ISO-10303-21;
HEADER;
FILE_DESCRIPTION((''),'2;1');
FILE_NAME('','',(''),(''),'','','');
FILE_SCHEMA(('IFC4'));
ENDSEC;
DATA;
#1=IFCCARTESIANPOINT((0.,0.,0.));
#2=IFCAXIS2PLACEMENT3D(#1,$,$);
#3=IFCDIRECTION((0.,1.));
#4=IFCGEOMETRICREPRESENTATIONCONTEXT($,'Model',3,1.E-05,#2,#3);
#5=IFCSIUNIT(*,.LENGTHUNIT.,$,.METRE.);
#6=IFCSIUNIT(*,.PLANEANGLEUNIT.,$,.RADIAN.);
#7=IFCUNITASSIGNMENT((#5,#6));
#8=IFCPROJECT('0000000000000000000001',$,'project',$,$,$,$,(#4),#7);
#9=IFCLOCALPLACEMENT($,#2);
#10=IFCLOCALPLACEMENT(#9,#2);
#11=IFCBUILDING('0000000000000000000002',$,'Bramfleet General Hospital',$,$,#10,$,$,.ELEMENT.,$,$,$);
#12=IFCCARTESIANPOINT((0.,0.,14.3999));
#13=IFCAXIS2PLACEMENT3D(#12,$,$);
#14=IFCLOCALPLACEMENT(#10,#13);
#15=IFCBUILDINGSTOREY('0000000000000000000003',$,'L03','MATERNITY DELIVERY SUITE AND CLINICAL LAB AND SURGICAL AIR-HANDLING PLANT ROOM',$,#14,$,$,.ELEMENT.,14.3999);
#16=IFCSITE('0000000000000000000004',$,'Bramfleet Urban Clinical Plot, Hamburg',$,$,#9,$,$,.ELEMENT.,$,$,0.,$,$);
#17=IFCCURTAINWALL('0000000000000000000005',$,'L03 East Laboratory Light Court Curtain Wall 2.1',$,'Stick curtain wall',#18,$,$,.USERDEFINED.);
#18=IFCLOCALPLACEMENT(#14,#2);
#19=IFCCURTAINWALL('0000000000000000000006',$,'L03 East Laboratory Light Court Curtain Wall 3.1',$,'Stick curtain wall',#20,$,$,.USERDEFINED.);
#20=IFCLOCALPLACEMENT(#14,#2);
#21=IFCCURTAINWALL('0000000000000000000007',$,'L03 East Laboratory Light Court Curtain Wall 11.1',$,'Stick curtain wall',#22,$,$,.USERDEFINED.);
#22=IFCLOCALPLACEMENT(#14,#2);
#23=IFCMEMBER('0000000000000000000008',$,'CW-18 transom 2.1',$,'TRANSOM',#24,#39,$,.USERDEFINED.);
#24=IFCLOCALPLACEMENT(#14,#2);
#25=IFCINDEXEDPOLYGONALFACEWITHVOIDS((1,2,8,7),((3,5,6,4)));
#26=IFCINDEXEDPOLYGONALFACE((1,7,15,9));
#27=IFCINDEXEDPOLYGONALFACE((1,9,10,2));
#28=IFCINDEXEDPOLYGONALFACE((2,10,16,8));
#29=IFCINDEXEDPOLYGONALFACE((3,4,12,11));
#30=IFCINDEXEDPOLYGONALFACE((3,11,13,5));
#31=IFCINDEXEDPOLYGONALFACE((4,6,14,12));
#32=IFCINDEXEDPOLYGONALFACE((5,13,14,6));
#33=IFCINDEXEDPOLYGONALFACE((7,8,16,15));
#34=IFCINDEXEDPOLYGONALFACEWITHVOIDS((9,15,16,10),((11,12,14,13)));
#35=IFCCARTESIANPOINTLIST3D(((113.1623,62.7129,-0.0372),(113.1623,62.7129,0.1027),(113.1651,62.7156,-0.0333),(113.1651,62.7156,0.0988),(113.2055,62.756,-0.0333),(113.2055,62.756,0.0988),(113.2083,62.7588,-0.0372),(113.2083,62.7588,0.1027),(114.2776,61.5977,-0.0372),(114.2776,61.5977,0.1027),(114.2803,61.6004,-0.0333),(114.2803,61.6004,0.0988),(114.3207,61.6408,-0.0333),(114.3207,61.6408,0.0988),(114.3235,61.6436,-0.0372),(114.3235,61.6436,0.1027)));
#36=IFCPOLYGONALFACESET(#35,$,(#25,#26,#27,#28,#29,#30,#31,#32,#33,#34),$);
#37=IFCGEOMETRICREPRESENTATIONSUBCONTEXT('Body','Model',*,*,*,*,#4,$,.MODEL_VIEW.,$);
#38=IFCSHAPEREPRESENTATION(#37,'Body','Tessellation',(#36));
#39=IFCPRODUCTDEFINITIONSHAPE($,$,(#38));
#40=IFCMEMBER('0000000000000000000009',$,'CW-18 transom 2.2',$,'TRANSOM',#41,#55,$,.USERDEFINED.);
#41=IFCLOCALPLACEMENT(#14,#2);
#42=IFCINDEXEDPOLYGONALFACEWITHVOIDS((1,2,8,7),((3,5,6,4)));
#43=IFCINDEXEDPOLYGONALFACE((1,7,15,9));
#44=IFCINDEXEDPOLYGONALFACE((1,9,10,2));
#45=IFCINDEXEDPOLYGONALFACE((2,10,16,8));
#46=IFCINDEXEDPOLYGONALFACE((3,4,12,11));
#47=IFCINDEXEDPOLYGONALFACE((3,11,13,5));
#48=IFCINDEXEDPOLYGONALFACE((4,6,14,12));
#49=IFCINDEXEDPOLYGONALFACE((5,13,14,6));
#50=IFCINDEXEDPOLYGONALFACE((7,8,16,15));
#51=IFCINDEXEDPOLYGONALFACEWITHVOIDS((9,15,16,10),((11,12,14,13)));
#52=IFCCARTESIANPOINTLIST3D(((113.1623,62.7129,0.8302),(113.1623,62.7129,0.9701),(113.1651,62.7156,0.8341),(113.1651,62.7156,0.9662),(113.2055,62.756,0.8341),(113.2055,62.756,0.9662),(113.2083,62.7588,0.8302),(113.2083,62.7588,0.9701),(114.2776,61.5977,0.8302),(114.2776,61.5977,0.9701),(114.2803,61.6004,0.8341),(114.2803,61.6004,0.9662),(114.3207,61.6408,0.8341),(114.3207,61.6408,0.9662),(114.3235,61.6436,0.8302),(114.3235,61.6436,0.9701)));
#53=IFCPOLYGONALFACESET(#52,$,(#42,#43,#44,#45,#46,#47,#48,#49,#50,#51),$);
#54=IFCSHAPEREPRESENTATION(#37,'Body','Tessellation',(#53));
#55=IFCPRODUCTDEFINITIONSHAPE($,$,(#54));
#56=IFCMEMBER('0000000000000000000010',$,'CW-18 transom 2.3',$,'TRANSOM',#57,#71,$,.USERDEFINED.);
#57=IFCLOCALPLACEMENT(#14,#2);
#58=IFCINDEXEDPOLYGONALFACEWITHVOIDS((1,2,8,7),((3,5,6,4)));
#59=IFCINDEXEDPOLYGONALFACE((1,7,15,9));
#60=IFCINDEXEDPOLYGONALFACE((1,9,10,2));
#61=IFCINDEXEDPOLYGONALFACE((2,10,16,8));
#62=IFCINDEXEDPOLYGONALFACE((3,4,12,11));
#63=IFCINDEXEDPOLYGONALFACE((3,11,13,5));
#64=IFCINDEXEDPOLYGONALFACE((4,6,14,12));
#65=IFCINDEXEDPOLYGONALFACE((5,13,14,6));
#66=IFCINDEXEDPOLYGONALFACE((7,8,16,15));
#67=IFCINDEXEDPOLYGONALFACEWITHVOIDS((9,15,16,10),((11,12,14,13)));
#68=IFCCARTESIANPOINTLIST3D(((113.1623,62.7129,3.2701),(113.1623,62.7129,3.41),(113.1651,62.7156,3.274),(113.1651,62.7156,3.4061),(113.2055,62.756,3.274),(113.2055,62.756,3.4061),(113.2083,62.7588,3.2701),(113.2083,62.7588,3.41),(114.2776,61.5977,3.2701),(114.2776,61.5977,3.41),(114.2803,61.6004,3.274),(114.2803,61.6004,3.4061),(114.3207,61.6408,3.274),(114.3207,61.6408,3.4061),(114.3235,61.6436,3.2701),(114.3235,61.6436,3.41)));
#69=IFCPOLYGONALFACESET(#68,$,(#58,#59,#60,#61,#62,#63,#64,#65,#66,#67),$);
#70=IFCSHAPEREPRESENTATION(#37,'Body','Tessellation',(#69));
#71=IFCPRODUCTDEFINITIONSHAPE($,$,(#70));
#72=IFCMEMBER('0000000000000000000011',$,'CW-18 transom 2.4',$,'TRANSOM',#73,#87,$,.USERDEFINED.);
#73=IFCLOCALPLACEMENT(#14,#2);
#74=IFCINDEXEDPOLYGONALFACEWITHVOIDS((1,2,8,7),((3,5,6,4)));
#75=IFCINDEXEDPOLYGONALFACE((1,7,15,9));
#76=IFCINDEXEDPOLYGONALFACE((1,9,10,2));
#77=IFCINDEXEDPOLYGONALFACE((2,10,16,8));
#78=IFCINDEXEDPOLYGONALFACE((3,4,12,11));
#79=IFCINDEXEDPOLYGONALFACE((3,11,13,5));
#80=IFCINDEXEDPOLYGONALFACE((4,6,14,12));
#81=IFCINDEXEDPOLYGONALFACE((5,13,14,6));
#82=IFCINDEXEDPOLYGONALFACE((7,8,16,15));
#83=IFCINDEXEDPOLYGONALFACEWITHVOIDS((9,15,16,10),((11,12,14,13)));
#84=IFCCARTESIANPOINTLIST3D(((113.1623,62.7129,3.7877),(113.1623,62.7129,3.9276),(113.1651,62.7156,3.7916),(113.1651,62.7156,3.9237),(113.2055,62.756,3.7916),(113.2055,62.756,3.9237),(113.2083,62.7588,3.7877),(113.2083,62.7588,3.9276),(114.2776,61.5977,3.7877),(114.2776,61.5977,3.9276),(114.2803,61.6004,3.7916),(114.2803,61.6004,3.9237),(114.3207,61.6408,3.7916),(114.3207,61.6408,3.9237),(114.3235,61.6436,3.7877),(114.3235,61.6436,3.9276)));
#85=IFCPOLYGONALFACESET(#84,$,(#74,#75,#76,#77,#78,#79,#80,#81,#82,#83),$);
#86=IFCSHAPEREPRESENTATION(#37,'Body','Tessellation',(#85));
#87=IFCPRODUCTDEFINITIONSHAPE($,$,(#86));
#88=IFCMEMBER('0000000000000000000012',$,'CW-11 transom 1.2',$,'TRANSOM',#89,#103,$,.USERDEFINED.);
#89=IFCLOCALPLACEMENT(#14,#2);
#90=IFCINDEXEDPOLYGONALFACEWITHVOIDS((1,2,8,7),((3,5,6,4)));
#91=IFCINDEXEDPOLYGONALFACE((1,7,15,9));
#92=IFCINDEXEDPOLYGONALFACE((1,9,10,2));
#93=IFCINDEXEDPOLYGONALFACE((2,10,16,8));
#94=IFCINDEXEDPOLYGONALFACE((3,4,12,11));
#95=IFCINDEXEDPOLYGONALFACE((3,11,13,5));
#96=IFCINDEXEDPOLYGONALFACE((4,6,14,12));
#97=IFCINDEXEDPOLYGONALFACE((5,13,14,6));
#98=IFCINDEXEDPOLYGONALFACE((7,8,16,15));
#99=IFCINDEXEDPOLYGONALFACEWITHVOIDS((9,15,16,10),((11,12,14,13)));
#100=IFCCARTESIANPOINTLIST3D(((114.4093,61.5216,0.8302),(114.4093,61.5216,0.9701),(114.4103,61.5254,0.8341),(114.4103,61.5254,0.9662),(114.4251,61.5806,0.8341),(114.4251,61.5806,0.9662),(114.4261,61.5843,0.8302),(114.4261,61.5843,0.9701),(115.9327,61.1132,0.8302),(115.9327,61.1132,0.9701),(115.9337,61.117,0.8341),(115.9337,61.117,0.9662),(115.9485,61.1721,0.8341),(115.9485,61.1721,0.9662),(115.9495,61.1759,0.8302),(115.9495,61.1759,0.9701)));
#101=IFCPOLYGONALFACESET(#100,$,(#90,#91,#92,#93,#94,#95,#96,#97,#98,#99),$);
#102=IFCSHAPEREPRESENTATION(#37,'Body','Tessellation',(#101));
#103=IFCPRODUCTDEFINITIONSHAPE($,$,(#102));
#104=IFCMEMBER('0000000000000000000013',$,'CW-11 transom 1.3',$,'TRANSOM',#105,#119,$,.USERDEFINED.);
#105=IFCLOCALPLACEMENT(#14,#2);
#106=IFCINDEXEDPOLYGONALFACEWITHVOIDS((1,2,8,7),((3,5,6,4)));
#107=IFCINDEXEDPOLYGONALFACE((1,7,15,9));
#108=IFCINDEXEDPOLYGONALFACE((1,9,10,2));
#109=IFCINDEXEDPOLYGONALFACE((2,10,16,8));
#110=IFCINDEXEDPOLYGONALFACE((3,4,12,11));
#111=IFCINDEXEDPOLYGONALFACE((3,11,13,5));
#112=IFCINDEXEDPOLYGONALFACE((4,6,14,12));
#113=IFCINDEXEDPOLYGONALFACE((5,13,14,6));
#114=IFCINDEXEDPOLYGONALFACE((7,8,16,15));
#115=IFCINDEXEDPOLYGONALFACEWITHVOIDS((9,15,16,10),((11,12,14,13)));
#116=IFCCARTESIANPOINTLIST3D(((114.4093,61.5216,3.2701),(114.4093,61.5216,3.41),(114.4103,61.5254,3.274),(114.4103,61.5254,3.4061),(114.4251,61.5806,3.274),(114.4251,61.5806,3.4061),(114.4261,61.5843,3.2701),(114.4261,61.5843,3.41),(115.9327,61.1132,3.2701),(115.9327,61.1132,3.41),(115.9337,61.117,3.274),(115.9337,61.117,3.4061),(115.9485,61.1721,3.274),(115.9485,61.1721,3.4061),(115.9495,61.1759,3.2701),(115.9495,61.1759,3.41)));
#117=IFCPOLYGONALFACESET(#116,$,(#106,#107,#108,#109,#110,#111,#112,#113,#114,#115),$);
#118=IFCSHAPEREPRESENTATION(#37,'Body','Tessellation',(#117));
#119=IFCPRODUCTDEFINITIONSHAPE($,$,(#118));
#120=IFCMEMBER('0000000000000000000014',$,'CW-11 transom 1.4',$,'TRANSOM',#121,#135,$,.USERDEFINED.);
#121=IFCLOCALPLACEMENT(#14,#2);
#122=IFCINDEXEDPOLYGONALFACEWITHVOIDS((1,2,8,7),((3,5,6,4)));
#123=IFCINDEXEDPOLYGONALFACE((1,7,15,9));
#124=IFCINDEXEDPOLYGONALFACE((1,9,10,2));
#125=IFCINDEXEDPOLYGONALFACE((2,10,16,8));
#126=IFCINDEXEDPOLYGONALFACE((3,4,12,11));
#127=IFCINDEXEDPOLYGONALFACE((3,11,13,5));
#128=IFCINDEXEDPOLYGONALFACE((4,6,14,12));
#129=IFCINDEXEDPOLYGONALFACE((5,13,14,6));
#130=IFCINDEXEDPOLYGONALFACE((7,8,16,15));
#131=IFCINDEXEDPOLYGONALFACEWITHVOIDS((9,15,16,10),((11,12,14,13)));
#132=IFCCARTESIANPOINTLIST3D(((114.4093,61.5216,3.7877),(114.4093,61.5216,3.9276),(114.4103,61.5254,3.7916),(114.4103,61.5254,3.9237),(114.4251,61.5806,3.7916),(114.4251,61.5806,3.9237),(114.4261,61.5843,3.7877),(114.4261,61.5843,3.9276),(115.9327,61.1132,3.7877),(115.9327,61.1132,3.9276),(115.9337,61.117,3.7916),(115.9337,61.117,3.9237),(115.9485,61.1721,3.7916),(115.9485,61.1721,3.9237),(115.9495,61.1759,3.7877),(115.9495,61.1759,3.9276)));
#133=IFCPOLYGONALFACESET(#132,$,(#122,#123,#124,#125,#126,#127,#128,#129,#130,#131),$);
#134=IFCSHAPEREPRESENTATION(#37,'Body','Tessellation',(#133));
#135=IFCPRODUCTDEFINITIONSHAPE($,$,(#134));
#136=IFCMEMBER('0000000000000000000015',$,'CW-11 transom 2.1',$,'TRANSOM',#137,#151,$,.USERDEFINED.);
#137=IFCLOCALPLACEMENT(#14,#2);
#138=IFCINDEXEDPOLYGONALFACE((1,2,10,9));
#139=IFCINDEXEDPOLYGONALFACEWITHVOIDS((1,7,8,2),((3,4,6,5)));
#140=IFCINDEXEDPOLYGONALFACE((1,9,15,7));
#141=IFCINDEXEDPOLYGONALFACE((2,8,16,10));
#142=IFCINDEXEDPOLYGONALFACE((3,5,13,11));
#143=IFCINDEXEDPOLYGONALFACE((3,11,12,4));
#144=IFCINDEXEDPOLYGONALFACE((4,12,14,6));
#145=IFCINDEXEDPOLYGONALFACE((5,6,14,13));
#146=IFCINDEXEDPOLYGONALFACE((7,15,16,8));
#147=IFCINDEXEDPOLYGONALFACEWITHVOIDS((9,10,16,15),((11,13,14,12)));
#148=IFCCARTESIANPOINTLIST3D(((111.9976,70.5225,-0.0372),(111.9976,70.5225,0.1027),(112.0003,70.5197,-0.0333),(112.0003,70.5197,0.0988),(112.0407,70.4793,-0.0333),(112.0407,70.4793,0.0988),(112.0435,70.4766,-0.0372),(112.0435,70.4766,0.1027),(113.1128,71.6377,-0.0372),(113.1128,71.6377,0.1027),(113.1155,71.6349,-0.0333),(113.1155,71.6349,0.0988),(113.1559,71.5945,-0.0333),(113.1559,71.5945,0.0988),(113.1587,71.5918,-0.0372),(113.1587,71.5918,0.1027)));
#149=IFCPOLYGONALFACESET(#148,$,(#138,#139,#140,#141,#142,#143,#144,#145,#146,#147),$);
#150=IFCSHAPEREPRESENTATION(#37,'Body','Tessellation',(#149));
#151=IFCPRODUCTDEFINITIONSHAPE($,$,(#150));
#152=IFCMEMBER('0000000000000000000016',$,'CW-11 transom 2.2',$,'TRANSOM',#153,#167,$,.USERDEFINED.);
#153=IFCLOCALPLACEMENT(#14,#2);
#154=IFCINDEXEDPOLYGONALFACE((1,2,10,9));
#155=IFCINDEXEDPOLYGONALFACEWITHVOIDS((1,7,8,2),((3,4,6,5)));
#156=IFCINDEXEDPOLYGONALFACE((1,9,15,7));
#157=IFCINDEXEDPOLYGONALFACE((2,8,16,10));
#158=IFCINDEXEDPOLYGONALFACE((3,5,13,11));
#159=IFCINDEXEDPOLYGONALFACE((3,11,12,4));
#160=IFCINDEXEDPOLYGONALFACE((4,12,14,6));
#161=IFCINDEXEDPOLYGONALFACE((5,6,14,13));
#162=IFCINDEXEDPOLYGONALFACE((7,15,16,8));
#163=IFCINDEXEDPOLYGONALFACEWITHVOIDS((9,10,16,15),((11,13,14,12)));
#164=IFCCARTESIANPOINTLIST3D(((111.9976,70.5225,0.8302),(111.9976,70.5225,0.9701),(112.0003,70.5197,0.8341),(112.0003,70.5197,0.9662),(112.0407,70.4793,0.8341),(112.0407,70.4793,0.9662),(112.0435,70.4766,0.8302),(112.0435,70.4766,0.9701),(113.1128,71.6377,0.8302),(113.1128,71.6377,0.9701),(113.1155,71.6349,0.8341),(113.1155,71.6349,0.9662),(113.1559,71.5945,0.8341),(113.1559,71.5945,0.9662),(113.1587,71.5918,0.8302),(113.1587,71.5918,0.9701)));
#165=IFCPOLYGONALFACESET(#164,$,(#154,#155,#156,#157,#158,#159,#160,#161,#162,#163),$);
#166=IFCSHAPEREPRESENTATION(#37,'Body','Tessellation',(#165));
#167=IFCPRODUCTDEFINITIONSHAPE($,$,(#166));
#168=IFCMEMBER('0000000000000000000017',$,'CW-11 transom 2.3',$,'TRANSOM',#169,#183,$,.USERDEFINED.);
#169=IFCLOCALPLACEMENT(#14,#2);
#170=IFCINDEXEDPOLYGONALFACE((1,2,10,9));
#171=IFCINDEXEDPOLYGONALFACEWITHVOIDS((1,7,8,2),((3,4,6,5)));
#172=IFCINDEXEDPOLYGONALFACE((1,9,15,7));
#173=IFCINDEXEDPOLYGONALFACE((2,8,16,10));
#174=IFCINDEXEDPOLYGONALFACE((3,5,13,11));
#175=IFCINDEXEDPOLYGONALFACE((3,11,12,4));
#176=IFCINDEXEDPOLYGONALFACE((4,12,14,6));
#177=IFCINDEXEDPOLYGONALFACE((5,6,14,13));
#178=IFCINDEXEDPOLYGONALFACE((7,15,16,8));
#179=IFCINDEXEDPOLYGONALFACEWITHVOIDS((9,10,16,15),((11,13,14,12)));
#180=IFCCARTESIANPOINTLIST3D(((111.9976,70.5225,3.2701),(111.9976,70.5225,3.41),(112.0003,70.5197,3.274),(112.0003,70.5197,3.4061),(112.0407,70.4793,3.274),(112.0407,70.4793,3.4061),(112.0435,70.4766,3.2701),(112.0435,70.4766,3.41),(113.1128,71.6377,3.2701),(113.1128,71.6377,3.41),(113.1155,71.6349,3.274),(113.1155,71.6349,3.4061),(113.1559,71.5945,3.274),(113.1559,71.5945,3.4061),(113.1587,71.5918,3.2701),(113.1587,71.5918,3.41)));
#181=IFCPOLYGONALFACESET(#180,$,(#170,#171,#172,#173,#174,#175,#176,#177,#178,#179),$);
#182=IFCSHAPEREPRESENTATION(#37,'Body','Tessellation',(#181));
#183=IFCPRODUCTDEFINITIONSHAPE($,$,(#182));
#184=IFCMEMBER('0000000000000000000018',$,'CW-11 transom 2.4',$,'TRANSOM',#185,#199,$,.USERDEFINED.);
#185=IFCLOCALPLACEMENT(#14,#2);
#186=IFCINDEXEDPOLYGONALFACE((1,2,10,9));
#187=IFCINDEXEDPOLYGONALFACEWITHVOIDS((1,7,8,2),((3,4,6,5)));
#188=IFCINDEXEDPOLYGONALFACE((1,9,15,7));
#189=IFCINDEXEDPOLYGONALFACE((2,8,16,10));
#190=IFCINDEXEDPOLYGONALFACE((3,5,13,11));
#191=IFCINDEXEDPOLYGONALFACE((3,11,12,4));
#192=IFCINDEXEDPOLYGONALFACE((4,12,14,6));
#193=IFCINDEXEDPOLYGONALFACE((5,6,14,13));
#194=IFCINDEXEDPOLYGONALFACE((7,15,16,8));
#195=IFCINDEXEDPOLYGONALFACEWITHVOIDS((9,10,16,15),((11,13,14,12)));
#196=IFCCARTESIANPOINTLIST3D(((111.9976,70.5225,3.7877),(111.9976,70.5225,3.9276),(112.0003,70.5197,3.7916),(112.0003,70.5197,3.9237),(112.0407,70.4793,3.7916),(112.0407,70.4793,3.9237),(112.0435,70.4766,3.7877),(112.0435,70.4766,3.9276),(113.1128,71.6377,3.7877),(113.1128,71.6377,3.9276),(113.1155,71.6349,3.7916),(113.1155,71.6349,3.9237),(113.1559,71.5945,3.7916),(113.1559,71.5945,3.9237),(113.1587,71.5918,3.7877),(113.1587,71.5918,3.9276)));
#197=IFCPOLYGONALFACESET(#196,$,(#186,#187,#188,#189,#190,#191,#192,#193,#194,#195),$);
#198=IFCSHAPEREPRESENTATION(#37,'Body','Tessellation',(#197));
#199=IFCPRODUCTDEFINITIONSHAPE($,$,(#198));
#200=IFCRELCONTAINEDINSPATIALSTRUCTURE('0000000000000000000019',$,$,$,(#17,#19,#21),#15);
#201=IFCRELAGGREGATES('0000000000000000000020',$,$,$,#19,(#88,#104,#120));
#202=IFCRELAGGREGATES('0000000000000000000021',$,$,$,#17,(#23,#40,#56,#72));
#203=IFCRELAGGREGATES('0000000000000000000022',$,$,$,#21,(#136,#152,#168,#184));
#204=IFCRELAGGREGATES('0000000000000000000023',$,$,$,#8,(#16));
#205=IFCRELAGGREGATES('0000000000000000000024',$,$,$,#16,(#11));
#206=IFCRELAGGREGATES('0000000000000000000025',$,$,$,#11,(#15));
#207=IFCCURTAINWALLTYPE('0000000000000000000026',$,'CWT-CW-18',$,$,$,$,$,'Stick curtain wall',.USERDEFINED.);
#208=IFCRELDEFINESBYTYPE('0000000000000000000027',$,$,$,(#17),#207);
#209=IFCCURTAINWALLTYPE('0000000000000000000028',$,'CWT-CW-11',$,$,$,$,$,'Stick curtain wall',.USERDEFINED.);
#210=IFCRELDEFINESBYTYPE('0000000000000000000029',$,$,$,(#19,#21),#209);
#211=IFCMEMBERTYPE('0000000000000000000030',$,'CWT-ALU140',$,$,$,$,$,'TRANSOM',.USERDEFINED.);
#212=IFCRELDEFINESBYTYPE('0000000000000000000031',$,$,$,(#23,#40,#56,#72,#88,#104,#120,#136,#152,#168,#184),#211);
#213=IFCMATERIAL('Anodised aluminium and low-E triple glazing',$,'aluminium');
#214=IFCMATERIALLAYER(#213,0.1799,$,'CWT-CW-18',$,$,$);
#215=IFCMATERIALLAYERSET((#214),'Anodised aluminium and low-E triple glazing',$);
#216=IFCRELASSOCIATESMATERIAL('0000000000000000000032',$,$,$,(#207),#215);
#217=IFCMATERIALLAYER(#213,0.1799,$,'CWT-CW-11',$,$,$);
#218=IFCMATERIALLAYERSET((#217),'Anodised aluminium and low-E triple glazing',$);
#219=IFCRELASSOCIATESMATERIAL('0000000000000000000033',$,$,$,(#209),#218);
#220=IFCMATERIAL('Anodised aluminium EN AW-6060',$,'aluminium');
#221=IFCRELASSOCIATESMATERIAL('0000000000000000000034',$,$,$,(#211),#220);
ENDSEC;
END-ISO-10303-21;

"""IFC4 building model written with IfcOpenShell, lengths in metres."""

from ifc_helpers import new_model, si_unit, direction, frame, origin, origin_2d, place, context, subcontext, project, spatial, hollow_rectangle, extrude, material, layer, layer_set, material_profile, profile_set, type_object, element, aggregate, save


model = new_model("IFC4")

# Units and contexts
model_context = context("Model", 3, precision=1e-05, world=origin(), true_north=direction((0.0, 1.0)))
body_context = subcontext(model_context, "Body", "Model", "MODEL_VIEW")
ifc_project = project(units=[si_unit("LENGTHUNIT", "METRE"), si_unit("PLANEANGLEUNIT", "RADIAN")], contexts=[model_context])

# Site, building, storey
site_placement = place(None, origin())
site = spatial("IfcSite", under=ifc_project, at=site_placement, Name="Bramfleet Urban Clinical Plot, Hamburg", CompositionType="ELEMENT", RefElevation=0.0)
building_placement = place(site_placement, origin())
building = spatial("IfcBuilding", under=site, at=building_placement, Name="Bramfleet General Hospital", CompositionType="ELEMENT")
storey_placement = place(building_placement, frame((0.0, 0.0, 14.3999)))
storey = spatial("IfcBuildingStorey", under=building, at=storey_placement, Name="L03", Description="MATERNITY DELIVERY SUITE AND CLINICAL LAB AND SURGICAL AIR-HANDLING PLANT ROOM", CompositionType="ELEMENT", Elevation=14.3999)

# Curtain wall
ifc_material_1 = material(Name="Anodised aluminium and low-E triple glazing", Category="aluminium")
ifc_layer_1 = layer(ifc_material_1, 0.1799, Name="CWT-CW-18")
ifc_layer_set_1 = layer_set([ifc_layer_1], Name="Anodised aluminium and low-E triple glazing")
curtain_wall_type_1 = type_object("IfcCurtainWallType", Name="CWT-CW-18", ElementType="Stick curtain wall", PredefinedType="USERDEFINED", material=ifc_layer_set_1)
curtain_wall_1_placement = place(storey_placement, origin())
curtain_wall_1 = element("IfcCurtainWall", 1, at=curtain_wall_1_placement, inside=storey, type_object=curtain_wall_type_1, Name="L03 East Laboratory Light Court Curtain Wall 2.1", ObjectType="Stick curtain wall", PredefinedType="USERDEFINED")
ifc_material_2 = material(Name="Anodised aluminium EN AW-6060", Category="aluminium")

# Curtain walls
ifc_layer_2 = layer(ifc_material_1, 0.1799, Name="CWT-CW-11")
ifc_layer_set_2 = layer_set([ifc_layer_2], Name="Anodised aluminium and low-E triple glazing")
curtain_wall_type_2 = type_object("IfcCurtainWallType", Name="CWT-CW-11", ElementType="Stick curtain wall", PredefinedType="USERDEFINED", material=ifc_layer_set_2)
curtain_wall_2_placement = place(storey_placement, origin())
curtain_wall_2 = element("IfcCurtainWall", 2, at=curtain_wall_2_placement, inside=storey, type_object=curtain_wall_type_2, Name="L03 East Laboratory Light Court Curtain Wall 3.1", ObjectType="Stick curtain wall", PredefinedType="USERDEFINED")
curtain_wall_3_placement = place(storey_placement, origin())
curtain_wall_3 = element("IfcCurtainWall", 3, at=curtain_wall_3_placement, inside=storey, type_object=curtain_wall_type_2, Name="L03 East Laboratory Light Court Curtain Wall 11.1", ObjectType="Stick curtain wall", PredefinedType="USERDEFINED")

# Members
ifc_material_profile_1 = material_profile(ifc_material_2, hollow_rectangle(XDim=0.0649, YDim=0.1399, WallThickness=0.0039, at=origin_2d()), Name="ALU 140x65x4.0")
ifc_profile_set_1 = profile_set([ifc_material_profile_1], Name="Anodised aluminium EN AW-6060")
member_type_1 = type_object("IfcMemberType", Name="CWT-ALU140", ElementType="TRANSOM", PredefinedType="USERDEFINED", material=ifc_profile_set_1)
member_1_placement = place(storey_placement, frame((113.1853, 62.7358, 0.0327), z_axis=(0.707107, -0.707107, 0.0), x_axis=(0.707107, 0.707107, 0.0)))
member_1 = element("IfcMember", 4, at=member_1_placement, type_object=member_type_1, Name="CW-18 transom 2.1", ObjectType="TRANSOM", PredefinedType="USERDEFINED", context=body_context, shape_type="SweptSolid", body=[
    extrude(hollow_rectangle(XDim=0.0649, YDim=0.1399, WallThickness=0.0039, at=origin_2d()), origin(), (0.0, 0.0, 1.0), 1.5771),
])
member_2_placement = place(storey_placement, frame((113.1853, 62.7358, 0.9001), z_axis=(0.707107, -0.707107, 0.0), x_axis=(0.707107, 0.707107, 0.0)))
member_2 = element("IfcMember", 5, at=member_2_placement, type_object=member_type_1, Name="CW-18 transom 2.2", ObjectType="TRANSOM", PredefinedType="USERDEFINED", context=body_context, shape_type="SweptSolid", body=[
    extrude(hollow_rectangle(XDim=0.0649, YDim=0.1399, WallThickness=0.0039, at=origin_2d()), origin(), (0.0, 0.0, 1.0), 1.5771),
])
member_3_placement = place(storey_placement, frame((113.1853, 62.7358, 3.3401), z_axis=(0.707107, -0.707107, 0.0), x_axis=(0.707107, 0.707107, 0.0)))
member_3 = element("IfcMember", 6, at=member_3_placement, type_object=member_type_1, Name="CW-18 transom 2.3", ObjectType="TRANSOM", PredefinedType="USERDEFINED", context=body_context, shape_type="SweptSolid", body=[
    extrude(hollow_rectangle(XDim=0.0649, YDim=0.1399, WallThickness=0.0039, at=origin_2d()), origin(), (0.0, 0.0, 1.0), 1.5771),
])
member_4_placement = place(storey_placement, frame((113.1853, 62.7358, 3.8577), z_axis=(0.707107, -0.707107, 0.0), x_axis=(0.707107, 0.707107, 0.0)))
member_4 = element("IfcMember", 7, at=member_4_placement, type_object=member_type_1, Name="CW-18 transom 2.4", ObjectType="TRANSOM", PredefinedType="USERDEFINED", context=body_context, shape_type="SweptSolid", body=[
    extrude(hollow_rectangle(XDim=0.0649, YDim=0.1399, WallThickness=0.0039, at=origin_2d()), origin(), (0.0, 0.0, 1.0), 1.5771),
])
member_5_placement = place(storey_placement, frame((114.4177, 61.553, 0.9001), z_axis=(0.965887, -0.258963, 0.0), x_axis=(0.258963, 0.965887, 0.0)))
member_5 = element("IfcMember", 8, at=member_5_placement, type_object=member_type_1, Name="CW-11 transom 1.2", ObjectType="TRANSOM", PredefinedType="USERDEFINED", context=body_context, shape_type="SweptSolid", body=[
    extrude(hollow_rectangle(XDim=0.0649, YDim=0.1399, WallThickness=0.0039, at=origin_2d()), origin(), (0.0, 0.0, 1.0), 1.5771),
])
member_6_placement = place(storey_placement, frame((114.4177, 61.553, 3.3401), z_axis=(0.965887, -0.258963, 0.0), x_axis=(0.258963, 0.965887, 0.0)))
member_6 = element("IfcMember", 9, at=member_6_placement, type_object=member_type_1, Name="CW-11 transom 1.3", ObjectType="TRANSOM", PredefinedType="USERDEFINED", context=body_context, shape_type="SweptSolid", body=[
    extrude(hollow_rectangle(XDim=0.0649, YDim=0.1399, WallThickness=0.0039, at=origin_2d()), origin(), (0.0, 0.0, 1.0), 1.5771),
])
member_7_placement = place(storey_placement, frame((114.4177, 61.553, 3.8577), z_axis=(0.965887, -0.258963, 0.0), x_axis=(0.258963, 0.965887, 0.0)))
member_7 = element("IfcMember", 10, at=member_7_placement, type_object=member_type_1, Name="CW-11 transom 1.4", ObjectType="TRANSOM", PredefinedType="USERDEFINED", context=body_context, shape_type="SweptSolid", body=[
    extrude(hollow_rectangle(XDim=0.0649, YDim=0.1399, WallThickness=0.0039, at=origin_2d()), origin(), (0.0, 0.0, 1.0), 1.5771),
])
aggregate(curtain_wall_2, [member_5, member_6, member_7])
member_8_placement = place(storey_placement, frame((113.1357, 71.6147, 0.0327), z_axis=(-0.707107, -0.707107, 0.0), x_axis=(0.707107, -0.707107, 0.0)))
member_8 = element("IfcMember", 11, at=member_8_placement, type_object=member_type_1, Name="CW-11 transom 2.1", ObjectType="TRANSOM", PredefinedType="USERDEFINED", context=body_context, shape_type="SweptSolid", body=[
    extrude(hollow_rectangle(XDim=0.0649, YDim=0.1399, WallThickness=0.0039, at=origin_2d()), origin(), (0.0, 0.0, 1.0), 1.5771),
])
member_9_placement = place(storey_placement, frame((113.1357, 71.6147, 0.9001), z_axis=(-0.707107, -0.707107, 0.0), x_axis=(0.707107, -0.707107, 0.0)))
member_9 = element("IfcMember", 12, at=member_9_placement, type_object=member_type_1, Name="CW-11 transom 2.2", ObjectType="TRANSOM", PredefinedType="USERDEFINED", context=body_context, shape_type="SweptSolid", body=[
    extrude(hollow_rectangle(XDim=0.0649, YDim=0.1399, WallThickness=0.0039, at=origin_2d()), origin(), (0.0, 0.0, 1.0), 1.5771),
])
member_10_placement = place(storey_placement, frame((113.1357, 71.6147, 3.3401), z_axis=(-0.707107, -0.707107, 0.0), x_axis=(0.707107, -0.707107, 0.0)))
member_10 = element("IfcMember", 13, at=member_10_placement, type_object=member_type_1, Name="CW-11 transom 2.3", ObjectType="TRANSOM", PredefinedType="USERDEFINED", context=body_context, shape_type="SweptSolid", body=[
    extrude(hollow_rectangle(XDim=0.0649, YDim=0.1399, WallThickness=0.0039, at=origin_2d()), origin(), (0.0, 0.0, 1.0), 1.5771),
])
member_11_placement = place(storey_placement, frame((113.1357, 71.6147, 3.8577), z_axis=(-0.707107, -0.707107, 0.0), x_axis=(0.707107, -0.707107, 0.0)))
member_11 = element("IfcMember", 14, at=member_11_placement, type_object=member_type_1, Name="CW-11 transom 2.4", ObjectType="TRANSOM", PredefinedType="USERDEFINED", context=body_context, shape_type="SweptSolid", body=[
    extrude(hollow_rectangle(XDim=0.0649, YDim=0.1399, WallThickness=0.0039, at=origin_2d()), origin(), (0.0, 0.0, 1.0), 1.5771),
])

aggregate(curtain_wall_1, [member_1, member_2, member_3, member_4])
aggregate(curtain_wall_3, [member_8, member_9, member_10, member_11])

save(model, "model.ifc")
